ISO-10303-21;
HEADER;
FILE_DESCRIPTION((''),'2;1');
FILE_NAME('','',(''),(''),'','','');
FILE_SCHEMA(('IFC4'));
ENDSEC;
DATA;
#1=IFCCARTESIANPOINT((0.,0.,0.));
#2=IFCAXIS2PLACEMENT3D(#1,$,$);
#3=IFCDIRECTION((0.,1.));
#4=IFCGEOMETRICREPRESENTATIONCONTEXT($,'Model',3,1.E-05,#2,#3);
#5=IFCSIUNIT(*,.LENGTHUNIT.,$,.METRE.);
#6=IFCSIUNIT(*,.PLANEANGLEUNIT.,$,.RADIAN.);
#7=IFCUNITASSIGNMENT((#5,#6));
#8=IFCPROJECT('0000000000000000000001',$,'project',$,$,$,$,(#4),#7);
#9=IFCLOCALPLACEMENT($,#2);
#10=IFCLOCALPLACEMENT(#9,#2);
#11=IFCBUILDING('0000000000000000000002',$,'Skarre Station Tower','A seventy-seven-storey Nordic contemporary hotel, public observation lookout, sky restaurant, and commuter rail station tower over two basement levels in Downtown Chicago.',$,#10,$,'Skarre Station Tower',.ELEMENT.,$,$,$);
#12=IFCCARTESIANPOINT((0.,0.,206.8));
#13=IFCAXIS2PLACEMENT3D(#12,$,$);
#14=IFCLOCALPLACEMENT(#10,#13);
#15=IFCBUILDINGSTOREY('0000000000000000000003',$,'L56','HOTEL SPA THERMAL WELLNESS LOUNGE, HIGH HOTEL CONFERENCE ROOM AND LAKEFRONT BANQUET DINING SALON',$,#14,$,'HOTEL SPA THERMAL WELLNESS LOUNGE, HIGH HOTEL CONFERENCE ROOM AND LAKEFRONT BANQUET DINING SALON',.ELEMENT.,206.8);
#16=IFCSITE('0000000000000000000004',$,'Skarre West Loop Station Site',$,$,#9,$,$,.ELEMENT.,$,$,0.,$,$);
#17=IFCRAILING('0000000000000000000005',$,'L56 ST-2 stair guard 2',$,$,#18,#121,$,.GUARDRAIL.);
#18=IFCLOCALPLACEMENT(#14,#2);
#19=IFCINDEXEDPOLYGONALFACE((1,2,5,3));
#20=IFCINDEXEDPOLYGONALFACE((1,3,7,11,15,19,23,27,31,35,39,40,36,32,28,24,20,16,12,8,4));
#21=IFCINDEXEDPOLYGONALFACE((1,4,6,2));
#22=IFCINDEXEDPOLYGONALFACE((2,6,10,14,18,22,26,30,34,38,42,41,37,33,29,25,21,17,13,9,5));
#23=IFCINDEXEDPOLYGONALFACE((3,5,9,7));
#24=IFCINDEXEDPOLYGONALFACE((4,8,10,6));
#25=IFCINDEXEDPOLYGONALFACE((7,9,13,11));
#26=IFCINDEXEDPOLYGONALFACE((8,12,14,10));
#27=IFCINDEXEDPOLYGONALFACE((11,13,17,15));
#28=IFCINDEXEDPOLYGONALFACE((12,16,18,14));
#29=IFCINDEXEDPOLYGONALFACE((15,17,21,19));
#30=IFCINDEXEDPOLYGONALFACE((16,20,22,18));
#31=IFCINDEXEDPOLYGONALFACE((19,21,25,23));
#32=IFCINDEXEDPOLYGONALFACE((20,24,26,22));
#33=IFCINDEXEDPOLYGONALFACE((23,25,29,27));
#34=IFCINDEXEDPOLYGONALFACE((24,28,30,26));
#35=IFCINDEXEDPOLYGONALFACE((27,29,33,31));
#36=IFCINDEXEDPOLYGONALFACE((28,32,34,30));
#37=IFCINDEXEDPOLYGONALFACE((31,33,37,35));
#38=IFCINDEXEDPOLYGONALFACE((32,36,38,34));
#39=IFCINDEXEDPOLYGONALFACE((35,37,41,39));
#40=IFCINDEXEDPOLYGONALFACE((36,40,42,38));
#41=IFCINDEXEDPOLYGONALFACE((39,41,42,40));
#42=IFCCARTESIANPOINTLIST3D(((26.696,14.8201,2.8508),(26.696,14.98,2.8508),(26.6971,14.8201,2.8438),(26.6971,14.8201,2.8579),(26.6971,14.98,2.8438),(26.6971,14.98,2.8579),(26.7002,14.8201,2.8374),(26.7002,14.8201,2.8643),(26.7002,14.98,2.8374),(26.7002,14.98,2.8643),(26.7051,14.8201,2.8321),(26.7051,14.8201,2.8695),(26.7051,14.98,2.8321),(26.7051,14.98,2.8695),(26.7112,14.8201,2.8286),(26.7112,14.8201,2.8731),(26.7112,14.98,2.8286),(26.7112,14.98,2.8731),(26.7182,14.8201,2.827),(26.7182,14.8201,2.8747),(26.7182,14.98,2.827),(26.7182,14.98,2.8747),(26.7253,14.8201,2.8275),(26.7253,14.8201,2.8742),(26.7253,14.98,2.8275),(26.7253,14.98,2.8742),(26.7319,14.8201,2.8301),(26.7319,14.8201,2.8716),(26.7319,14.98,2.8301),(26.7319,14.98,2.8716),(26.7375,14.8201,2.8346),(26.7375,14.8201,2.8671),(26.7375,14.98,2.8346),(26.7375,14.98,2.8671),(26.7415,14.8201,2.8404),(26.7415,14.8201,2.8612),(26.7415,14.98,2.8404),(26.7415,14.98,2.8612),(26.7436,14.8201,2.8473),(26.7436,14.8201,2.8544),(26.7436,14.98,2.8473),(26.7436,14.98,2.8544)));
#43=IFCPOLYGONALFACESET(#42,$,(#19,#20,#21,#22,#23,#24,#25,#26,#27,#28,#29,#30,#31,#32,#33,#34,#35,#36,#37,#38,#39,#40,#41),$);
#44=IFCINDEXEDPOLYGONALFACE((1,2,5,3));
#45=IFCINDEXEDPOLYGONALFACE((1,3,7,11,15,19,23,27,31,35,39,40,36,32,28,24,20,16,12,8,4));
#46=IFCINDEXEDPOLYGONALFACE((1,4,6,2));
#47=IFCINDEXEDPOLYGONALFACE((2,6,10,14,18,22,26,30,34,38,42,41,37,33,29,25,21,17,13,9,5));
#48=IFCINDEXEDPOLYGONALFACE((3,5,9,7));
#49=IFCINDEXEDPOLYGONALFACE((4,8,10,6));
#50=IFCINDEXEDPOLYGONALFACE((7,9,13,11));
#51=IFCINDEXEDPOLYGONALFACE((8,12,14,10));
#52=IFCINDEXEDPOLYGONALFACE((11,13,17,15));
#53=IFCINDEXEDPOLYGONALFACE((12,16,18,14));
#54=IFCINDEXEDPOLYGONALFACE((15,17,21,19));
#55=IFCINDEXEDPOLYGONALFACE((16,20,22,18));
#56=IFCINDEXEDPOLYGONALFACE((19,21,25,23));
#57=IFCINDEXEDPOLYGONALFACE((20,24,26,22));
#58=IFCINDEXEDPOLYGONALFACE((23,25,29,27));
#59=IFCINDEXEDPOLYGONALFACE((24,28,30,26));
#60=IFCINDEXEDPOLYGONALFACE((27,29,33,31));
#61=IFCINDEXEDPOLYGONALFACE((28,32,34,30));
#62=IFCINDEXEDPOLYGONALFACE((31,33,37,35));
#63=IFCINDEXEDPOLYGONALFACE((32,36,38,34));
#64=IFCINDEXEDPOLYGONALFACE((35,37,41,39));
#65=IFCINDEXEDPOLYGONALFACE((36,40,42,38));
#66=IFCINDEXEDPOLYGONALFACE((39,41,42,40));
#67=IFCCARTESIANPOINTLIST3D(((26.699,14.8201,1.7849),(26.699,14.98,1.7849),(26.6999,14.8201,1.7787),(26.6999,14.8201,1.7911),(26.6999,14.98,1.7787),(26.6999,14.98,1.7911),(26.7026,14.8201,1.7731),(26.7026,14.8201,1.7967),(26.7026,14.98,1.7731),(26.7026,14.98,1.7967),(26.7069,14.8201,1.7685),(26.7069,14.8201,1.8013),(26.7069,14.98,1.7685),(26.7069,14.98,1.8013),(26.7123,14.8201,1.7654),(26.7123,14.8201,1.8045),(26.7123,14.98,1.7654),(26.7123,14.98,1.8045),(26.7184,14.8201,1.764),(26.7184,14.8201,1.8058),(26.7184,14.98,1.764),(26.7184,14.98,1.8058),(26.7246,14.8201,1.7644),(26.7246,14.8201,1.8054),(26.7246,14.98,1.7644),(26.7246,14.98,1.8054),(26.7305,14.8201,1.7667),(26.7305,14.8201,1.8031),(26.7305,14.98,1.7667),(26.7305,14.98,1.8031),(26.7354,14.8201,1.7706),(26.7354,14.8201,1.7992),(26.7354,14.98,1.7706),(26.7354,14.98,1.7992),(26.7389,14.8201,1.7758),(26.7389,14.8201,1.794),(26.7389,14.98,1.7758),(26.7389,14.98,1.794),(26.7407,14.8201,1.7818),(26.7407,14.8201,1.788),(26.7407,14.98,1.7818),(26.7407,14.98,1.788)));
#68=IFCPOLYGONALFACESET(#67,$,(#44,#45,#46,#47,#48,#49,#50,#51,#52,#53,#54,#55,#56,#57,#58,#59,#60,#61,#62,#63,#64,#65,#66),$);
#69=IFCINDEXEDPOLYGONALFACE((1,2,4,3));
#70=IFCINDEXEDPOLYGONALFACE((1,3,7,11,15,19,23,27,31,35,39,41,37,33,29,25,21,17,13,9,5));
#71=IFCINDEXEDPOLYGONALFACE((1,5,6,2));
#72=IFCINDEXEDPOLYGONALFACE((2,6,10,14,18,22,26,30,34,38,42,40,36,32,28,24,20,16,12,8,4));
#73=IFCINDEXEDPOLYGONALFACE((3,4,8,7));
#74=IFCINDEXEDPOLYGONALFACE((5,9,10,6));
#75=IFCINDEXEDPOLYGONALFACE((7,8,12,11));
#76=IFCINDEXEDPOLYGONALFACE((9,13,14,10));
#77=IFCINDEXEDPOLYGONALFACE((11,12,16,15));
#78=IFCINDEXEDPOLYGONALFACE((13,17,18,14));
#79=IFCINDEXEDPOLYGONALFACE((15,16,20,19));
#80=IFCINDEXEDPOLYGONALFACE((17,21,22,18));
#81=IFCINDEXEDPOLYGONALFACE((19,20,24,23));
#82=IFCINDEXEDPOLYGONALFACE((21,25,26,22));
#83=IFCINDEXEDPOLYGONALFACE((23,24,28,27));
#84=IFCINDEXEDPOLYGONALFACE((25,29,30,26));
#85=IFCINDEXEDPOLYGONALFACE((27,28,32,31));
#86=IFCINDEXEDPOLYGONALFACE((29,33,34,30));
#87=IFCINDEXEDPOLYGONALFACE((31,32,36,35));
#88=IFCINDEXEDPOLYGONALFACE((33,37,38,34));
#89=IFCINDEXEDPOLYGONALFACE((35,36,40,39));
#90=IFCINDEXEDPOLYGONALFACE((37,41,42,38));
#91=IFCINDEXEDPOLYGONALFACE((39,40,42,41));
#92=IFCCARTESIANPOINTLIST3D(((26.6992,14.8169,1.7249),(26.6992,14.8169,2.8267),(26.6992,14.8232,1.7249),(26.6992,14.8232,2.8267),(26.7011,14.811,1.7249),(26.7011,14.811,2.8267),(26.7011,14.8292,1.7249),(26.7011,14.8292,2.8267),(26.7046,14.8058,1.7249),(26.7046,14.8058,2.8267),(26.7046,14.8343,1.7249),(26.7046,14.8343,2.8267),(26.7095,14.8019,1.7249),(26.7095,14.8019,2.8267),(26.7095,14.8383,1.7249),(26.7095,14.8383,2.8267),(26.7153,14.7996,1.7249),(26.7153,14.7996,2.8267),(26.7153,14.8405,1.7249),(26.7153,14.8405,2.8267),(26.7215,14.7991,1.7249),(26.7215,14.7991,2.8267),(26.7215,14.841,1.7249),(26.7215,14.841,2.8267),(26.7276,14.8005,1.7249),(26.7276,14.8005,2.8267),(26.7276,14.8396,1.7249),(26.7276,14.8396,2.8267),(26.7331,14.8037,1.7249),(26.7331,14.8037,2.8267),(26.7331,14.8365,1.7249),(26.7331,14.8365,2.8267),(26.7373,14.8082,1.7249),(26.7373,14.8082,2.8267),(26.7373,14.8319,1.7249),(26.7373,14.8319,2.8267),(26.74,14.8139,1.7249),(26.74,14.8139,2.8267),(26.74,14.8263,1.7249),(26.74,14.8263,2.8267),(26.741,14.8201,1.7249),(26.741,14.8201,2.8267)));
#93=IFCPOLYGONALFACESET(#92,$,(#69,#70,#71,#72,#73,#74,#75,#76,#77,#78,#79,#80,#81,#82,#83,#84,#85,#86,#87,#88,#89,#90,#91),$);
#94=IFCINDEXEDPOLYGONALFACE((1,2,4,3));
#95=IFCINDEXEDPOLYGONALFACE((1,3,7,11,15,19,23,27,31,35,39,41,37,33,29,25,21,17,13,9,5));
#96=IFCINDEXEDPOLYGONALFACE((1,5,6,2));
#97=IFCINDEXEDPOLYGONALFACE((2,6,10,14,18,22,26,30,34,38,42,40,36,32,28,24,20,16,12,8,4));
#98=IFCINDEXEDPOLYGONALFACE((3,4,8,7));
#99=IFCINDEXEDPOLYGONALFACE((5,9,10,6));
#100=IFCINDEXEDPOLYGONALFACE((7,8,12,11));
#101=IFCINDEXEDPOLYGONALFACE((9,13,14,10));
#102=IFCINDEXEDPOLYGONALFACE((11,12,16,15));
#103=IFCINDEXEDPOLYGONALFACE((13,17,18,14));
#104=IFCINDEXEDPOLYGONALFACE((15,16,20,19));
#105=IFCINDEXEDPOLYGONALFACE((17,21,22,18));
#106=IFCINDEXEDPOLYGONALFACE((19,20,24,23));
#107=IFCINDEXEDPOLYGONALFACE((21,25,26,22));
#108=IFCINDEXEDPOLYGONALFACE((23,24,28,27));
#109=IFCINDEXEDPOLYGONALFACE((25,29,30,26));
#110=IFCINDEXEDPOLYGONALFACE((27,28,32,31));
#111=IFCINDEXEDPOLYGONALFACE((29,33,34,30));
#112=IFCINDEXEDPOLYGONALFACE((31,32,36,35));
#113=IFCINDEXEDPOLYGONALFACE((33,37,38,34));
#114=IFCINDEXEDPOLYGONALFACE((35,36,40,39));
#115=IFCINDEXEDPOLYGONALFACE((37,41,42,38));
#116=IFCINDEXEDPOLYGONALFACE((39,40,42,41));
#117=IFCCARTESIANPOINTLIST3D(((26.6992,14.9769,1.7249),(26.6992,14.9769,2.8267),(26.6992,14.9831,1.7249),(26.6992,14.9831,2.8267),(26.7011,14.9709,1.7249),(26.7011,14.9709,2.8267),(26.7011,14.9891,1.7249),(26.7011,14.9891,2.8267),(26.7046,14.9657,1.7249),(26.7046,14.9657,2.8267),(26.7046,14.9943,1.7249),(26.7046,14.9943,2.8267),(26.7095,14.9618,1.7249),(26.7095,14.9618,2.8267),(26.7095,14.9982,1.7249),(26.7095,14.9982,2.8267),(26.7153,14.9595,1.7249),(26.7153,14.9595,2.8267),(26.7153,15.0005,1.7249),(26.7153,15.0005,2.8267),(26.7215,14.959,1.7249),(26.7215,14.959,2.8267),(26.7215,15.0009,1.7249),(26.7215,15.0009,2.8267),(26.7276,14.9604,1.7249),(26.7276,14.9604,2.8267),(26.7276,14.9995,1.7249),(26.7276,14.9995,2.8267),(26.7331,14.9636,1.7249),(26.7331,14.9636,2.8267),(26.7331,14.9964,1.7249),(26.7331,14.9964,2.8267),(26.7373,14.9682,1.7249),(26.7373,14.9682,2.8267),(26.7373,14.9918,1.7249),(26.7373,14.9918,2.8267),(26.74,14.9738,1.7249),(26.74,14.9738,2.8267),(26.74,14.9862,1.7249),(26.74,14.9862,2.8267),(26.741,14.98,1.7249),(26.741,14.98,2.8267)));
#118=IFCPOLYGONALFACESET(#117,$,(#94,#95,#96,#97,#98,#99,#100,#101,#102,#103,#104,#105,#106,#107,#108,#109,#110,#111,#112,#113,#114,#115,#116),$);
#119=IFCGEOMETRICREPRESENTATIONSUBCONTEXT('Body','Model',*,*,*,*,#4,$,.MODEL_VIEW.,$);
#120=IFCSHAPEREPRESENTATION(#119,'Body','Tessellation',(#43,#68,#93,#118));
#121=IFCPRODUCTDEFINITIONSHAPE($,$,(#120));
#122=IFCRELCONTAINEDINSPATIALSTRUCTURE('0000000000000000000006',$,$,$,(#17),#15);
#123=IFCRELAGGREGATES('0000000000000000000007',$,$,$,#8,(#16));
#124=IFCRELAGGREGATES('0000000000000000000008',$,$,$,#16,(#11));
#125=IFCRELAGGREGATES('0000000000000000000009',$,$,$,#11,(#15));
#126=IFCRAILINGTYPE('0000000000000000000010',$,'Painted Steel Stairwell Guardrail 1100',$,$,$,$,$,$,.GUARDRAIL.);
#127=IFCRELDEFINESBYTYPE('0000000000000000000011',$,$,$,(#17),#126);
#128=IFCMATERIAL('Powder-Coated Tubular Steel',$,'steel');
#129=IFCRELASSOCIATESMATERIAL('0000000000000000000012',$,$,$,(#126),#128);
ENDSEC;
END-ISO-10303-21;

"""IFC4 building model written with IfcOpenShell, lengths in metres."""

from ifc_helpers import new_model, si_unit, direction, frame, origin, origin_2d, place, context, subcontext, project, spatial, circle, extrude, material, type_object, element, save


model = new_model("IFC4")

# Units and contexts
model_context = context("Model", 3, precision=1e-05, world=origin(), true_north=direction((0.0, 1.0)))
body_context = subcontext(model_context, "Body", "Model", "MODEL_VIEW")
ifc_project = project(units=[si_unit("LENGTHUNIT", "METRE"), si_unit("PLANEANGLEUNIT", "RADIAN")], contexts=[model_context])

# Site, building, storey
site_placement = place(None, origin())
site = spatial("IfcSite", under=ifc_project, at=site_placement, Name="Skarre West Loop Station Site", CompositionType="ELEMENT", RefElevation=0.0)
building_placement = place(site_placement, origin())
building = spatial("IfcBuilding", under=site, at=building_placement, Name="Skarre Station Tower", Description="A seventy-seven-storey Nordic contemporary hotel, public observation lookout, sky restaurant, and commuter rail station tower over two basement levels in Downtown Chicago.", LongName="Skarre Station Tower", CompositionType="ELEMENT")
storey_placement = place(building_placement, frame((0.0, 0.0, 206.8)))
storey = spatial("IfcBuildingStorey", under=building, at=storey_placement, Name="L56", Description="HOTEL SPA THERMAL WELLNESS LOUNGE, HIGH HOTEL CONFERENCE ROOM AND LAKEFRONT BANQUET DINING SALON", LongName="HOTEL SPA THERMAL WELLNESS LOUNGE, HIGH HOTEL CONFERENCE ROOM AND LAKEFRONT BANQUET DINING SALON", CompositionType="ELEMENT", Elevation=206.8)

# Railing
ifc_material_1 = material(Name="Powder-Coated Tubular Steel", Category="steel")
railing_type_1 = type_object("IfcRailingType", Name="Painted Steel Stairwell Guardrail 1100", PredefinedType="GUARDRAIL", material=ifc_material_1)
railing_1_placement = place(storey_placement, frame((26.72, 14.8201, 1.7249)))
element("IfcRailing", 1, at=railing_1_placement, inside=storey, type_object=railing_type_1, Name="L56 ST-2 stair guard 2", PredefinedType="GUARDRAIL", context=body_context, shape_type="SweptSolid", body=[
    extrude(circle(Radius=0.0239, at=origin_2d()), frame((0.0, 0.0, 1.126), z_axis=(0.0, 1.0, 0.0), x_axis=(-1.0, 0.0, 0.0)), (0.0, 0.0, 1.0), 0.1599),
    extrude(circle(Radius=0.021, at=origin_2d()), frame((0.0, 0.0, 0.0601), z_axis=(0.0, 1.0, 0.0), x_axis=(-1.0, 0.0, 0.0)), (0.0, 0.0, 1.0), 0.1599),
    extrude(circle(Radius=0.021, at=origin_2d()), origin(), (0.0, 0.0, 1.0), 1.1018),
    extrude(circle(Radius=0.021, at=origin_2d()), frame((0.0, 0.1599, 0.0)), (0.0, 0.0, 1.0), 1.1018),
])

save(model, "model.ifc")
